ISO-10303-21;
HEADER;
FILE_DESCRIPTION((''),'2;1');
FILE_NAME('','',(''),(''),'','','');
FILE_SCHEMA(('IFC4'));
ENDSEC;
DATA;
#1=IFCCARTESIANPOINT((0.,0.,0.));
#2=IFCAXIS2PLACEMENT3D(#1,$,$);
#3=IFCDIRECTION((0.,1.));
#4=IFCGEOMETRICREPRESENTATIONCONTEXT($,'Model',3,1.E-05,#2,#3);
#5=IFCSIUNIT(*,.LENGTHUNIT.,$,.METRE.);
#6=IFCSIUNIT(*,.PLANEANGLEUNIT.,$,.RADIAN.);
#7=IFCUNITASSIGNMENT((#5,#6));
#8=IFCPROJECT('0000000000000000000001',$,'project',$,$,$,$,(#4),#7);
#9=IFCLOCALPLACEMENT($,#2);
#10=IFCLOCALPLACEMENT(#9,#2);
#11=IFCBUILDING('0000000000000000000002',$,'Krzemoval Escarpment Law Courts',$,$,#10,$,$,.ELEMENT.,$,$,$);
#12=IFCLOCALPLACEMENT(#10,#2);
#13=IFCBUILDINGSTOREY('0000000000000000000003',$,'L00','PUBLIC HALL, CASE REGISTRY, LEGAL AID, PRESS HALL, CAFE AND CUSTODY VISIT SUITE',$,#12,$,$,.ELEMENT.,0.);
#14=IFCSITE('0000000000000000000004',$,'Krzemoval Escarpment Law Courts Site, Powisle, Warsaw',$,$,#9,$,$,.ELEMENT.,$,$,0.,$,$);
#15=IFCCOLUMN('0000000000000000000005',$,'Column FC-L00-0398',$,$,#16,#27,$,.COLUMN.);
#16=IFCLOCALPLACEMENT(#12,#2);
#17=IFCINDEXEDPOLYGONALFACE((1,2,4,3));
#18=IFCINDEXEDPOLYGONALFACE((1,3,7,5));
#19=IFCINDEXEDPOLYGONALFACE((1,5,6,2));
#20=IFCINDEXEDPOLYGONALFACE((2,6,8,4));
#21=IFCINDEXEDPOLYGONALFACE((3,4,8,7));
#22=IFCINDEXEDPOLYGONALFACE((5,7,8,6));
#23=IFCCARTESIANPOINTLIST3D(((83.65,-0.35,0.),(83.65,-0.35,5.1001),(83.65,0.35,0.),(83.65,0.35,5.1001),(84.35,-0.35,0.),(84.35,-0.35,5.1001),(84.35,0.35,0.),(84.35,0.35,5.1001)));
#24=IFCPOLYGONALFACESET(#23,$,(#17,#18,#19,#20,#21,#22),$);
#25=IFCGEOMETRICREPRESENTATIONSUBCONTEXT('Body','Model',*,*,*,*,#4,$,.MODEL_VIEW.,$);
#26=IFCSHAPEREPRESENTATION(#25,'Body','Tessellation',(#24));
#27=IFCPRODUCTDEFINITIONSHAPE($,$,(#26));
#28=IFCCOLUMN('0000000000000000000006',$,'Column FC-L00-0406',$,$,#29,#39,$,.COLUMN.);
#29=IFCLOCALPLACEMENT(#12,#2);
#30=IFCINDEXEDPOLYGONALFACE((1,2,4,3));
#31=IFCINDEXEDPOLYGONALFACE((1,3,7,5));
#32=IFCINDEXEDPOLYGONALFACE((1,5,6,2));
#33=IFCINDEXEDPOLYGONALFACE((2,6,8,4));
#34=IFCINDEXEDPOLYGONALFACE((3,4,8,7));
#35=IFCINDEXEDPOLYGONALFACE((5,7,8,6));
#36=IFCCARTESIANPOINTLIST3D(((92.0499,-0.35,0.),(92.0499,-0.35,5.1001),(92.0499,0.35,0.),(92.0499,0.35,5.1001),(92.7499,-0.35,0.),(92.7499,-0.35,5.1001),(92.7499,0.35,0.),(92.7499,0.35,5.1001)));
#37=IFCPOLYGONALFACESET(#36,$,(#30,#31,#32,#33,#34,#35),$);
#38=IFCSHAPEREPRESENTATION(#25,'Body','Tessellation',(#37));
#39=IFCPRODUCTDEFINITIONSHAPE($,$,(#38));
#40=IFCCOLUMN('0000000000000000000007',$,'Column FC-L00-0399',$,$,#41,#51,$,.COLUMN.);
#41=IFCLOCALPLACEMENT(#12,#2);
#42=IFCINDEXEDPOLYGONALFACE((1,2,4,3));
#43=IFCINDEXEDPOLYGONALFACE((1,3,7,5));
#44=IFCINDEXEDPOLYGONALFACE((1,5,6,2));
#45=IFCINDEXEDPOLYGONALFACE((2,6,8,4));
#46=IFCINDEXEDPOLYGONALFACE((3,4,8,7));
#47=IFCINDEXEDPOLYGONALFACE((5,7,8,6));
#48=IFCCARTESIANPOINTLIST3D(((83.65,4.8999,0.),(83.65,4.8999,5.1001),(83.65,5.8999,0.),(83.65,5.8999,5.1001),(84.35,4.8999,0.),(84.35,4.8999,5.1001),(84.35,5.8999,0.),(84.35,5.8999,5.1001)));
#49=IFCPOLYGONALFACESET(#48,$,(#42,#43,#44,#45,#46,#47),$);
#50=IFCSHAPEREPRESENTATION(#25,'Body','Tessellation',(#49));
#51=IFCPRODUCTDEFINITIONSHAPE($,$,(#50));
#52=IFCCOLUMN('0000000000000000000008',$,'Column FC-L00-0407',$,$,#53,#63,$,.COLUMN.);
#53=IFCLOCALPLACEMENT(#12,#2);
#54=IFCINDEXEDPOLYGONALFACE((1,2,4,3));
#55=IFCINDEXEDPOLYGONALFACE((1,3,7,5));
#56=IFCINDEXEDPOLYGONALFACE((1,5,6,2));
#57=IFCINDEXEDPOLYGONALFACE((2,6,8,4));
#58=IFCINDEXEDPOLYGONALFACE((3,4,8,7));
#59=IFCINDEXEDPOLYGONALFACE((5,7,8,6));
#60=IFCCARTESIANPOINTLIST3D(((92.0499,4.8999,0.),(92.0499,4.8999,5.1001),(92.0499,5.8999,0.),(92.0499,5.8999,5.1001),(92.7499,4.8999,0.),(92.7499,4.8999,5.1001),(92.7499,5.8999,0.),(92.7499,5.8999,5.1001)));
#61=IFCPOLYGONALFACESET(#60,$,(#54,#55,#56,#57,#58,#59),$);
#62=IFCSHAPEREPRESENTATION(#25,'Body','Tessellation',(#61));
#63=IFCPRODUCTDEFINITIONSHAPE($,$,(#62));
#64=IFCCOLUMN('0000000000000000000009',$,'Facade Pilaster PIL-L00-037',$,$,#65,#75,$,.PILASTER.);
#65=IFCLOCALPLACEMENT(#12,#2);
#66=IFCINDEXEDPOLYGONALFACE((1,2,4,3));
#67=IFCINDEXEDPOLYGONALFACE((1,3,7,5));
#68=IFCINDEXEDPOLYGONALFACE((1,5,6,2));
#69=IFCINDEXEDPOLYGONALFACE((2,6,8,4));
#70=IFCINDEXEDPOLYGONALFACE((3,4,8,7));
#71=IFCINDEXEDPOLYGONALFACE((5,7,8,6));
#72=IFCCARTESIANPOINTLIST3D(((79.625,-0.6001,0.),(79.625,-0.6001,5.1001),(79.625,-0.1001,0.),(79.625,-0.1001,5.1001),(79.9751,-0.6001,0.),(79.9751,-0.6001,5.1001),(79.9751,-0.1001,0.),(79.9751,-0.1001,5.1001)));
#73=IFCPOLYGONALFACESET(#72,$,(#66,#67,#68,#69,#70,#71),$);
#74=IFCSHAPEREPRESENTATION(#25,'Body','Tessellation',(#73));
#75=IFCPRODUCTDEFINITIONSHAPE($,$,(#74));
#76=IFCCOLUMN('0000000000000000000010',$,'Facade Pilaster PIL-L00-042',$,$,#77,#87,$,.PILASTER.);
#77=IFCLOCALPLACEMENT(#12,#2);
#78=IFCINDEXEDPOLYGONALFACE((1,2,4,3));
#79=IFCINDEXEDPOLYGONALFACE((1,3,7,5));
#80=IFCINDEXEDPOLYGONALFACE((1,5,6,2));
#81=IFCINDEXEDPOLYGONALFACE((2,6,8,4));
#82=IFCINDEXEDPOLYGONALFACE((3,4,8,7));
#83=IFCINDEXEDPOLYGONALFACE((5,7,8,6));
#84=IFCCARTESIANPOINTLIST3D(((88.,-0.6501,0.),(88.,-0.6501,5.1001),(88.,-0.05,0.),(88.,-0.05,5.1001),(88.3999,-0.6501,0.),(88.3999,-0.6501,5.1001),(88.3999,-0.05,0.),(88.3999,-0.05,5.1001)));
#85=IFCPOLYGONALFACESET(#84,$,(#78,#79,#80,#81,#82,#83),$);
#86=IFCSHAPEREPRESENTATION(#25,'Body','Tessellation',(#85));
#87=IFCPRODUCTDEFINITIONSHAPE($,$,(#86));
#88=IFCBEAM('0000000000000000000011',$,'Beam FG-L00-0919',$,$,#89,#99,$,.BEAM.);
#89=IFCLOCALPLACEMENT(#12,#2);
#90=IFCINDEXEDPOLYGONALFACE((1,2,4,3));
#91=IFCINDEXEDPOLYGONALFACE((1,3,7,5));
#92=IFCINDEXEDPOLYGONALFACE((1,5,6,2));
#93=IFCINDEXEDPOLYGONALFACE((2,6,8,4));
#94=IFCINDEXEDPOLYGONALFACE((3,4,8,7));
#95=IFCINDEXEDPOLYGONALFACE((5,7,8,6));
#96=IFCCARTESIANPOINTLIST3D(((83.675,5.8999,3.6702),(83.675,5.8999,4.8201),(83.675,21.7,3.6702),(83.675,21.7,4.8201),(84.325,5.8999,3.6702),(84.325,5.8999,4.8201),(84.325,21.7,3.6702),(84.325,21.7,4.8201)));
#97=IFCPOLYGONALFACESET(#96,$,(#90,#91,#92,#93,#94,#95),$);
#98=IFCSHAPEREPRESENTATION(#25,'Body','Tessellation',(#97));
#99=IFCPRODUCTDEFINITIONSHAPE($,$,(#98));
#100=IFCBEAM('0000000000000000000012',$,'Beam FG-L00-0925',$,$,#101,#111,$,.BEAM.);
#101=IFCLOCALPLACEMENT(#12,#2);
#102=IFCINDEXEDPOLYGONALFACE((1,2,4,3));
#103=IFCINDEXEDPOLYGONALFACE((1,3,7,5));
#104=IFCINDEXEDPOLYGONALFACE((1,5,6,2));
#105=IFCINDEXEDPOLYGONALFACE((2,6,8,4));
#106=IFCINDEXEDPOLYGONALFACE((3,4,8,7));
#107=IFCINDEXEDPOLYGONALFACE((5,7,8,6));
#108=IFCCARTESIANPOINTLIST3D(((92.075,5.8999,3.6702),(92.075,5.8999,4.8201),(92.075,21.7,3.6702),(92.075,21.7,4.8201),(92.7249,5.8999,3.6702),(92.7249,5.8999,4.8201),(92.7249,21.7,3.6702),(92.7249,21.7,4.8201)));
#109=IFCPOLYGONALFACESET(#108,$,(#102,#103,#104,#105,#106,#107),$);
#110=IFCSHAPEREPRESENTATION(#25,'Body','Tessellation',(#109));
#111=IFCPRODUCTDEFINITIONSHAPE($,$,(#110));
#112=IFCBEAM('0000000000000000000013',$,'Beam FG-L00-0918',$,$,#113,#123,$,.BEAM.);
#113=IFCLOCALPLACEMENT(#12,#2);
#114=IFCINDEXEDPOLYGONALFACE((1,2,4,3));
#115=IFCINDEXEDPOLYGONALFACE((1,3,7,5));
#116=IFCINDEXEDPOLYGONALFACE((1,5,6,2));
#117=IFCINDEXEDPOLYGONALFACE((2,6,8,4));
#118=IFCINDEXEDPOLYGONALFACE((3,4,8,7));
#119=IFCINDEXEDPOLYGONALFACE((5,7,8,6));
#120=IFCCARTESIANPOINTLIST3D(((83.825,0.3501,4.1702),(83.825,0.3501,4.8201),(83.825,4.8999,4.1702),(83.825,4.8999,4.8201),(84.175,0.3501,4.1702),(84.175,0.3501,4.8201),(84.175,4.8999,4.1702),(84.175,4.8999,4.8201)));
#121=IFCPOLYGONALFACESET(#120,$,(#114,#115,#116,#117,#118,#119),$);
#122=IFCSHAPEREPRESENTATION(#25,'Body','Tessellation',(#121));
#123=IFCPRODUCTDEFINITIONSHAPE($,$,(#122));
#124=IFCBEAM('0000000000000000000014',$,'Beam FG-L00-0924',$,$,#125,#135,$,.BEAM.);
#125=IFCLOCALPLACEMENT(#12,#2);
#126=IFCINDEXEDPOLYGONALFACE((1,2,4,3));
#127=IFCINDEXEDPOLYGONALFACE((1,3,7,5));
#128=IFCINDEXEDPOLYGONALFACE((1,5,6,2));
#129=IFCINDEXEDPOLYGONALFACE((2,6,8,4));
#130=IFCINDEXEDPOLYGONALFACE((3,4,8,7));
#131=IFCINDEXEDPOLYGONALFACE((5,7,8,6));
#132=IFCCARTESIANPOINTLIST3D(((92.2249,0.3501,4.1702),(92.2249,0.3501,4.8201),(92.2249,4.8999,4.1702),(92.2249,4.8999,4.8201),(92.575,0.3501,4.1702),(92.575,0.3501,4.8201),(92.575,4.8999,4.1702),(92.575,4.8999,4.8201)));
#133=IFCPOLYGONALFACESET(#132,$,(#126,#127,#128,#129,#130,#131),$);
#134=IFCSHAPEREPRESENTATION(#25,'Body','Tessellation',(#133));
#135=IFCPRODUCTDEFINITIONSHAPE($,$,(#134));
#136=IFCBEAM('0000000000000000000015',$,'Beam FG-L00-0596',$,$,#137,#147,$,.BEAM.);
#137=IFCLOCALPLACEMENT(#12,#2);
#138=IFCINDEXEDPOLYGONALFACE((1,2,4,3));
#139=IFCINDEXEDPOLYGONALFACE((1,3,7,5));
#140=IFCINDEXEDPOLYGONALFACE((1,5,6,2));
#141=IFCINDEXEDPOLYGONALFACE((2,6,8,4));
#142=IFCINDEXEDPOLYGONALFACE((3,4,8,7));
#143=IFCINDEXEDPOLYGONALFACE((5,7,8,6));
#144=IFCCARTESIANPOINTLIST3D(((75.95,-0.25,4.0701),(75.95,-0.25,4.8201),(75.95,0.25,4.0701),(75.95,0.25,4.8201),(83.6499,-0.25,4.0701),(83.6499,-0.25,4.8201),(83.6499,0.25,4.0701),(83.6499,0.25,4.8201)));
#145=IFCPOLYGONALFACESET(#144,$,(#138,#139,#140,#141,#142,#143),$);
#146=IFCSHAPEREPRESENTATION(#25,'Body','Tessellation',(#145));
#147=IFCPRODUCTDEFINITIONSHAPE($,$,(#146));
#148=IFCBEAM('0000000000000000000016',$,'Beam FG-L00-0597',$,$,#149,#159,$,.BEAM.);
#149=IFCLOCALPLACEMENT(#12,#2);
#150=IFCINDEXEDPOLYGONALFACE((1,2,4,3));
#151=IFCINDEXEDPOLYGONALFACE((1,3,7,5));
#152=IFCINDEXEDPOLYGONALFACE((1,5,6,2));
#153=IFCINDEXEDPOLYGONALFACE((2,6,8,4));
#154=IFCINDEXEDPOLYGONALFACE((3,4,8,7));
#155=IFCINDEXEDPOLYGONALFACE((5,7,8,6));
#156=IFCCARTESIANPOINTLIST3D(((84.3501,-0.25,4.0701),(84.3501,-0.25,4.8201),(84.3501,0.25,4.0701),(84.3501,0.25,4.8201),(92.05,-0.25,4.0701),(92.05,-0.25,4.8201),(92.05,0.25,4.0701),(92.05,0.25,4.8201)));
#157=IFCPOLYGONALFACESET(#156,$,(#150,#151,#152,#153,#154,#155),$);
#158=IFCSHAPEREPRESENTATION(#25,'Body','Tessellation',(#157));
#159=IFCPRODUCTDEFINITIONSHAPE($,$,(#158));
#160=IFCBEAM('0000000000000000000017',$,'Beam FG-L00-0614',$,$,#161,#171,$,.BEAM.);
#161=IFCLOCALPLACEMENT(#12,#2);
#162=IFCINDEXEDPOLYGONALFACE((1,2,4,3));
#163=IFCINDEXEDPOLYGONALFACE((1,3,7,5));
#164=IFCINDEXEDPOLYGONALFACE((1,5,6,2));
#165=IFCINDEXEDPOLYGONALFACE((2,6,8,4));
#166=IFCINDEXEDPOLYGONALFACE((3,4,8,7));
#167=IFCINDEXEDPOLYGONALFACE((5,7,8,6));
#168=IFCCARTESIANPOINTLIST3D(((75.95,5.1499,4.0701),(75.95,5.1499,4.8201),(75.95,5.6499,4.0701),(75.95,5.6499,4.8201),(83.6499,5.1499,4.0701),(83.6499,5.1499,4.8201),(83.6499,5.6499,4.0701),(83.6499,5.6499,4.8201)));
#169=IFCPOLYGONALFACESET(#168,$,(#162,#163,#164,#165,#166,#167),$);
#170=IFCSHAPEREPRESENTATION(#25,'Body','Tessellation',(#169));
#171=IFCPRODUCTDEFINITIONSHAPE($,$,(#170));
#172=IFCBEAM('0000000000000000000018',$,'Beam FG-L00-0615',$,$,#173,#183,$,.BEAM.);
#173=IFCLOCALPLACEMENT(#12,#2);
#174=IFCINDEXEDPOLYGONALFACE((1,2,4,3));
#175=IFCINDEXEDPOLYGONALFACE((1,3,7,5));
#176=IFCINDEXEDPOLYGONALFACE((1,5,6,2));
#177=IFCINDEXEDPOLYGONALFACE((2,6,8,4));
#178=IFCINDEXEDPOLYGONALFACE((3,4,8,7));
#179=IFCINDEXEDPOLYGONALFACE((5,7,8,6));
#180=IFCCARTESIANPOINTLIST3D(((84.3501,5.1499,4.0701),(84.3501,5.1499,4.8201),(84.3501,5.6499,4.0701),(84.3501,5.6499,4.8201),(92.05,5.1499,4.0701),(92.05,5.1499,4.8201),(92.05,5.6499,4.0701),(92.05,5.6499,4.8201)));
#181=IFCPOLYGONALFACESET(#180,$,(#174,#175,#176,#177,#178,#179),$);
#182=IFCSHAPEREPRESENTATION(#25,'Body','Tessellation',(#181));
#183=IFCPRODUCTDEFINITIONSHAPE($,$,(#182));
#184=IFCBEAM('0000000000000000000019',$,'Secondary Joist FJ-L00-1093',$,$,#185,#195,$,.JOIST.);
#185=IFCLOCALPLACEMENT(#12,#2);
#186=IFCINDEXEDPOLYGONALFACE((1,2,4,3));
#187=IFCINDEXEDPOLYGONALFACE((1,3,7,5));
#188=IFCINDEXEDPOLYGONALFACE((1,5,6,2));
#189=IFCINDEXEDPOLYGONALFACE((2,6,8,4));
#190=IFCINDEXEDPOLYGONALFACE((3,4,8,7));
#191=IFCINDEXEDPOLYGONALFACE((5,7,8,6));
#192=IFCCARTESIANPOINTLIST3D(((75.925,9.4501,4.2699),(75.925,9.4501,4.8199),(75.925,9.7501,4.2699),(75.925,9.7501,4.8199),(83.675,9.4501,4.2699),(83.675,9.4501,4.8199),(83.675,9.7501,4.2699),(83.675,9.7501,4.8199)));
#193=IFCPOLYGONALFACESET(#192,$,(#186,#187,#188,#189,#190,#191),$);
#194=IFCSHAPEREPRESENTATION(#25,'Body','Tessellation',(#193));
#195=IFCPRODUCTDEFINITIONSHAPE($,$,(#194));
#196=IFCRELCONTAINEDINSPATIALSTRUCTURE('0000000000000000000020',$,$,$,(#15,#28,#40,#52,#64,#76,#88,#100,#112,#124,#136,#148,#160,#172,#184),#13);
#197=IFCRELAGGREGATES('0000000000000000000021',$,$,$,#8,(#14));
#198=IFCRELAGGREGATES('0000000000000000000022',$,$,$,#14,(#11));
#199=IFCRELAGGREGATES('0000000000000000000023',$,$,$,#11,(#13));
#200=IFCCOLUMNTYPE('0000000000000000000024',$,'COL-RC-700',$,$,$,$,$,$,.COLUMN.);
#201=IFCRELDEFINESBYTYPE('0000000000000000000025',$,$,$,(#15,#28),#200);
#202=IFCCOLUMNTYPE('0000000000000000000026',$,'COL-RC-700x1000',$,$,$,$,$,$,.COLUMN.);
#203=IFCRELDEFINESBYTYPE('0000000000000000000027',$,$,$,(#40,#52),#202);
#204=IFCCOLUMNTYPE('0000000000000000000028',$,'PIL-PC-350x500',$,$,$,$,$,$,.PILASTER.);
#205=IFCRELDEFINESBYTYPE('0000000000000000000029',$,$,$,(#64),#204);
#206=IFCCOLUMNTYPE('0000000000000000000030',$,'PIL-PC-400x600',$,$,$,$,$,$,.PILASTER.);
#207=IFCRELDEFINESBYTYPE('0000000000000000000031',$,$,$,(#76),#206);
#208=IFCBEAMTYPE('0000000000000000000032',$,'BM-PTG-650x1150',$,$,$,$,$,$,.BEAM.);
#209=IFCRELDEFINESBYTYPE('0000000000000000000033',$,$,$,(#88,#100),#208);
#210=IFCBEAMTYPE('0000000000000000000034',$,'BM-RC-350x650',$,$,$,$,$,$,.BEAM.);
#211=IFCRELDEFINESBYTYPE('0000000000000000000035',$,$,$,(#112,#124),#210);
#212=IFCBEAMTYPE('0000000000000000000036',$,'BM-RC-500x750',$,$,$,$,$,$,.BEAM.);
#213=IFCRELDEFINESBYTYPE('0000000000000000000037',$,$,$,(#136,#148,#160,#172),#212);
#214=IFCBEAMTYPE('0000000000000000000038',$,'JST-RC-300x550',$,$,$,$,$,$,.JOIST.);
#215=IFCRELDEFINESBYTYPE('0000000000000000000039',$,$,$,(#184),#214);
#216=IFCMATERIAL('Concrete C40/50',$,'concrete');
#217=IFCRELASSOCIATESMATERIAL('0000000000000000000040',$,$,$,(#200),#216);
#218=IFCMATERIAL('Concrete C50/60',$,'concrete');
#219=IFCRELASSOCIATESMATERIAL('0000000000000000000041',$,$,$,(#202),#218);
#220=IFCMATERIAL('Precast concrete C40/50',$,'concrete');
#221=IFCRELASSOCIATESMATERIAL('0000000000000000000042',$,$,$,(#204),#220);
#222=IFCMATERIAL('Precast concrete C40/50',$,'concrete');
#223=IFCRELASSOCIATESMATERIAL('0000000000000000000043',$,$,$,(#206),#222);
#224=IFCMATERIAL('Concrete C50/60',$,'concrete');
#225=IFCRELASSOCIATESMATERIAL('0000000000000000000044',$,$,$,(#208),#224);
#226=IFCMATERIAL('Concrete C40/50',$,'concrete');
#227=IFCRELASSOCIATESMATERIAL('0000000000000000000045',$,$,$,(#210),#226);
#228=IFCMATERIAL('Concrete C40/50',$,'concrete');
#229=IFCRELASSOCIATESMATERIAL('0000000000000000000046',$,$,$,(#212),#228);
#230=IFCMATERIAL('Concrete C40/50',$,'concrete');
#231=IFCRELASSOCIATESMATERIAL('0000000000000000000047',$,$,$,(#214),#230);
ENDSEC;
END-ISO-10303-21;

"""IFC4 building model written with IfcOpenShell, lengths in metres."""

from ifc_helpers import new_model, si_unit, direction, frame, origin, origin_2d, place, context, subcontext, project, spatial, rectangle, extrude, material, material_profile, profile_set, type_object, element, save


model = new_model("IFC4")

# Units and contexts
model_context = context("Model", 3, precision=1e-05, world=origin(), true_north=direction((0.0, 1.0)))
body_context = subcontext(model_context, "Body", "Model", "MODEL_VIEW")
ifc_project = project(units=[si_unit("LENGTHUNIT", "METRE"), si_unit("PLANEANGLEUNIT", "RADIAN")], contexts=[model_context])

# Site, building, storey
site_placement = place(None, origin())
site = spatial("IfcSite", under=ifc_project, at=site_placement, Name="Krzemoval Escarpment Law Courts Site, Powisle, Warsaw", CompositionType="ELEMENT", RefElevation=0.0)
building_placement = place(site_placement, origin())
building = spatial("IfcBuilding", under=site, at=building_placement, Name="Krzemoval Escarpment Law Courts", CompositionType="ELEMENT")
storey_placement = place(building_placement, origin())
storey = spatial("IfcBuildingStorey", under=building, at=storey_placement, Name="L00", Description="PUBLIC HALL, CASE REGISTRY, LEGAL AID, PRESS HALL, CAFE AND CUSTODY VISIT SUITE", CompositionType="ELEMENT", Elevation=0.0)

# Columns
ifc_material_1 = material(Name="Concrete C40/50", Category="concrete")
ifc_material_profile_1 = material_profile(ifc_material_1, rectangle(XDim=0.7, YDim=0.7, at=origin_2d()), Name="RC 700x700")
ifc_profile_set_1 = profile_set([ifc_material_profile_1], Name="Concrete C40/50")
column_type_1 = type_object("IfcColumnType", Name="COL-RC-700", PredefinedType="COLUMN", material=ifc_profile_set_1)
for number, where, z_axis, x_axis, name in (
    (1, (84.0, 0.0, 0.0), (0.0, 0.0, 1.0), (1.0, 0.0, 0.0), "Column FC-L00-0398"),
    (2, (92.3999, 0.0, 0.0), (0.0, 0.0, 1.0), (1.0, 0.0, 0.0), "Column FC-L00-0406"),
):
    element("IfcColumn", number, at=place(storey_placement, frame(where, z_axis=z_axis, x_axis=x_axis)), inside=storey, type_object=column_type_1, Name=name, PredefinedType="COLUMN", context=body_context, shape_type="SweptSolid", body=[
        extrude(rectangle(XDim=0.7, YDim=0.7, at=origin_2d()), origin(), (0.0, 0.0, 1.0), 5.1001),
    ])
ifc_material_2 = material(Name="Concrete C50/60", Category="concrete")
ifc_material_profile_2 = material_profile(ifc_material_2, rectangle(XDim=0.7, YDim=1.0, at=origin_2d()), Name="RC 700x1000")
ifc_profile_set_2 = profile_set([ifc_material_profile_2], Name="Concrete C50/60")
column_type_2 = type_object("IfcColumnType", Name="COL-RC-700x1000", PredefinedType="COLUMN", material=ifc_profile_set_2)
for number, where, z_axis, x_axis, name in (
    (3, (84.0, 5.3999, 0.0), (0.0, 0.0, 1.0), (1.0, 0.0, 0.0), "Column FC-L00-0399"),
    (4, (92.3999, 5.3999, 0.0), (0.0, 0.0, 1.0), (1.0, 0.0, 0.0), "Column FC-L00-0407"),
):
    element("IfcColumn", number, at=place(storey_placement, frame(where, z_axis=z_axis, x_axis=x_axis)), inside=storey, type_object=column_type_2, Name=name, PredefinedType="COLUMN", context=body_context, shape_type="SweptSolid", body=[
        extrude(rectangle(XDim=0.7, YDim=1.0, at=origin_2d()), origin(), (0.0, 0.0, 1.0), 5.1001),
    ])
ifc_material_3 = material(Name="Precast concrete C40/50", Category="concrete")
ifc_material_profile_3 = material_profile(ifc_material_3, rectangle(XDim=0.3501, YDim=0.5, at=origin_2d()), Name="PIL 350x500")
ifc_profile_set_3 = profile_set([ifc_material_profile_3], Name="Precast concrete C40/50")
column_type_3 = type_object("IfcColumnType", Name="PIL-PC-350x500", PredefinedType="PILASTER", material=ifc_profile_set_3)
column_1_placement = place(storey_placement, frame((79.8, -0.3501, 0.0), z_axis=(0.0, 0.0, 1.0), x_axis=(1.0, 0.0, 0.0)))
element("IfcColumn", 5, at=column_1_placement, inside=storey, type_object=column_type_3, Name="Facade Pilaster PIL-L00-037", PredefinedType="PILASTER", context=body_context, shape_type="SweptSolid", body=[
    extrude(rectangle(XDim=0.3501, YDim=0.5, at=origin_2d()), origin(), (0.0, 0.0, 1.0), 5.1001),
])
ifc_material_4 = material(Name="Precast concrete C40/50", Category="concrete")
ifc_material_profile_4 = material_profile(ifc_material_4, rectangle(XDim=0.3999, YDim=0.6001, at=origin_2d()), Name="PIL 400x600")
ifc_profile_set_4 = profile_set([ifc_material_profile_4], Name="Precast concrete C40/50")
column_type_4 = type_object("IfcColumnType", Name="PIL-PC-400x600", PredefinedType="PILASTER", material=ifc_profile_set_4)
column_2_placement = place(storey_placement, frame((88.2, -0.3501, 0.0), z_axis=(0.0, 0.0, 1.0), x_axis=(1.0, 0.0, 0.0)))
element("IfcColumn", 6, at=column_2_placement, inside=storey, type_object=column_type_4, Name="Facade Pilaster PIL-L00-042", PredefinedType="PILASTER", context=body_context, shape_type="SweptSolid", body=[
    extrude(rectangle(XDim=0.3999, YDim=0.6001, at=origin_2d()), origin(), (0.0, 0.0, 1.0), 5.1001),
])

# Beams
ifc_material_5 = material(Name="Concrete C50/60", Category="concrete")
ifc_material_profile_5 = material_profile(ifc_material_5, rectangle(XDim=0.6499, YDim=1.1499, at=origin_2d()), Name="PTG 650x1150")
ifc_profile_set_5 = profile_set([ifc_material_profile_5], Name="Concrete C50/60")
beam_type_1 = type_object("IfcBeamType", Name="BM-PTG-650x1150", PredefinedType="BEAM", material=ifc_profile_set_5)
for number, where, z_axis, x_axis, name in (
    (7, (84.0, 5.8999, 4.2451), (0.0, 1.0, 0.0), (-1.0, 0.0, 0.0), "Beam FG-L00-0919"),
    (8, (92.3999, 5.8999, 4.2451), (0.0, 1.0, 0.0), (-1.0, 0.0, 0.0), "Beam FG-L00-0925"),
):
    element("IfcBeam", number, at=place(storey_placement, frame(where, z_axis=z_axis, x_axis=x_axis)), inside=storey, type_object=beam_type_1, Name=name, PredefinedType="BEAM", context=body_context, shape_type="SweptSolid", body=[
        extrude(rectangle(XDim=0.6499, YDim=1.1499, at=origin_2d()), origin(), (0.0, 0.0, 1.0), 15.8),
    ])
ifc_material_6 = material(Name="Concrete C40/50", Category="concrete")
ifc_material_profile_6 = material_profile(ifc_material_6, rectangle(XDim=0.3501, YDim=0.6499, at=origin_2d()), Name="RCB 350x650")
ifc_profile_set_6 = profile_set([ifc_material_profile_6], Name="Concrete C40/50")
beam_type_2 = type_object("IfcBeamType", Name="BM-RC-350x650", PredefinedType="BEAM", material=ifc_profile_set_6)
for number, where, z_axis, x_axis, name in (
    (9, (84.0, 0.3501, 4.4951), (0.0, 1.0, 0.0), (-1.0, 0.0, 0.0), "Beam FG-L00-0918"),
    (10, (92.3999, 0.3501, 4.4951), (0.0, 1.0, 0.0), (-1.0, 0.0, 0.0), "Beam FG-L00-0924"),
):
    element("IfcBeam", number, at=place(storey_placement, frame(where, z_axis=z_axis, x_axis=x_axis)), inside=storey, type_object=beam_type_2, Name=name, PredefinedType="BEAM", context=body_context, shape_type="SweptSolid", body=[
        extrude(rectangle(XDim=0.3501, YDim=0.6499, at=origin_2d()), origin(), (0.0, 0.0, 1.0), 4.5498),
    ])
ifc_material_7 = material(Name="Concrete C40/50", Category="concrete")
ifc_material_profile_7 = material_profile(ifc_material_7, rectangle(XDim=0.5, YDim=0.75, at=origin_2d()), Name="RCB 500x750")
ifc_profile_set_7 = profile_set([ifc_material_profile_7], Name="Concrete C40/50")
beam_type_3 = type_object("IfcBeamType", Name="BM-RC-500x750", PredefinedType="BEAM", material=ifc_profile_set_7)
for number, where, z_axis, x_axis, name in (
    (11, (75.95, 0.0, 4.4451), (1.0, 0.0, 0.0), (0.0, 1.0, 0.0), "Beam FG-L00-0596"),
    (12, (84.3501, 0.0, 4.4451), (1.0, 0.0, 0.0), (0.0, 1.0, 0.0), "Beam FG-L00-0597"),
    (13, (75.95, 5.3999, 4.4451), (1.0, 0.0, 0.0), (0.0, 1.0, 0.0), "Beam FG-L00-0614"),
    (14, (84.3501, 5.3999, 4.4451), (1.0, 0.0, 0.0), (0.0, 1.0, 0.0), "Beam FG-L00-0615"),
):
    element("IfcBeam", number, at=place(storey_placement, frame(where, z_axis=z_axis, x_axis=x_axis)), inside=storey, type_object=beam_type_3, Name=name, PredefinedType="BEAM", context=body_context, shape_type="SweptSolid", body=[
        extrude(rectangle(XDim=0.5, YDim=0.75, at=origin_2d()), origin(), (0.0, 0.0, 1.0), 7.7),
    ])
ifc_material_8 = material(Name="Concrete C40/50", Category="concrete")
ifc_material_profile_8 = material_profile(ifc_material_8, rectangle(XDim=0.3, YDim=0.55, at=origin_2d()), Name="RCB 300x550")
ifc_profile_set_8 = profile_set([ifc_material_profile_8], Name="Concrete C40/50")
beam_type_4 = type_object("IfcBeamType", Name="JST-RC-300x550", PredefinedType="JOIST", material=ifc_profile_set_8)
beam_placement = place(storey_placement, frame((75.925, 9.6001, 4.5449), z_axis=(1.0, 0.0, 0.0), x_axis=(0.0, 1.0, 0.0)))
element("IfcBeam", 15, at=beam_placement, inside=storey, type_object=beam_type_4, Name="Secondary Joist FJ-L00-1093", PredefinedType="JOIST", context=body_context, shape_type="SweptSolid", body=[
    extrude(rectangle(XDim=0.3, YDim=0.55, at=origin_2d()), origin(), (0.0, 0.0, 1.0), 7.75),
])

save(model, "model.ifc")
